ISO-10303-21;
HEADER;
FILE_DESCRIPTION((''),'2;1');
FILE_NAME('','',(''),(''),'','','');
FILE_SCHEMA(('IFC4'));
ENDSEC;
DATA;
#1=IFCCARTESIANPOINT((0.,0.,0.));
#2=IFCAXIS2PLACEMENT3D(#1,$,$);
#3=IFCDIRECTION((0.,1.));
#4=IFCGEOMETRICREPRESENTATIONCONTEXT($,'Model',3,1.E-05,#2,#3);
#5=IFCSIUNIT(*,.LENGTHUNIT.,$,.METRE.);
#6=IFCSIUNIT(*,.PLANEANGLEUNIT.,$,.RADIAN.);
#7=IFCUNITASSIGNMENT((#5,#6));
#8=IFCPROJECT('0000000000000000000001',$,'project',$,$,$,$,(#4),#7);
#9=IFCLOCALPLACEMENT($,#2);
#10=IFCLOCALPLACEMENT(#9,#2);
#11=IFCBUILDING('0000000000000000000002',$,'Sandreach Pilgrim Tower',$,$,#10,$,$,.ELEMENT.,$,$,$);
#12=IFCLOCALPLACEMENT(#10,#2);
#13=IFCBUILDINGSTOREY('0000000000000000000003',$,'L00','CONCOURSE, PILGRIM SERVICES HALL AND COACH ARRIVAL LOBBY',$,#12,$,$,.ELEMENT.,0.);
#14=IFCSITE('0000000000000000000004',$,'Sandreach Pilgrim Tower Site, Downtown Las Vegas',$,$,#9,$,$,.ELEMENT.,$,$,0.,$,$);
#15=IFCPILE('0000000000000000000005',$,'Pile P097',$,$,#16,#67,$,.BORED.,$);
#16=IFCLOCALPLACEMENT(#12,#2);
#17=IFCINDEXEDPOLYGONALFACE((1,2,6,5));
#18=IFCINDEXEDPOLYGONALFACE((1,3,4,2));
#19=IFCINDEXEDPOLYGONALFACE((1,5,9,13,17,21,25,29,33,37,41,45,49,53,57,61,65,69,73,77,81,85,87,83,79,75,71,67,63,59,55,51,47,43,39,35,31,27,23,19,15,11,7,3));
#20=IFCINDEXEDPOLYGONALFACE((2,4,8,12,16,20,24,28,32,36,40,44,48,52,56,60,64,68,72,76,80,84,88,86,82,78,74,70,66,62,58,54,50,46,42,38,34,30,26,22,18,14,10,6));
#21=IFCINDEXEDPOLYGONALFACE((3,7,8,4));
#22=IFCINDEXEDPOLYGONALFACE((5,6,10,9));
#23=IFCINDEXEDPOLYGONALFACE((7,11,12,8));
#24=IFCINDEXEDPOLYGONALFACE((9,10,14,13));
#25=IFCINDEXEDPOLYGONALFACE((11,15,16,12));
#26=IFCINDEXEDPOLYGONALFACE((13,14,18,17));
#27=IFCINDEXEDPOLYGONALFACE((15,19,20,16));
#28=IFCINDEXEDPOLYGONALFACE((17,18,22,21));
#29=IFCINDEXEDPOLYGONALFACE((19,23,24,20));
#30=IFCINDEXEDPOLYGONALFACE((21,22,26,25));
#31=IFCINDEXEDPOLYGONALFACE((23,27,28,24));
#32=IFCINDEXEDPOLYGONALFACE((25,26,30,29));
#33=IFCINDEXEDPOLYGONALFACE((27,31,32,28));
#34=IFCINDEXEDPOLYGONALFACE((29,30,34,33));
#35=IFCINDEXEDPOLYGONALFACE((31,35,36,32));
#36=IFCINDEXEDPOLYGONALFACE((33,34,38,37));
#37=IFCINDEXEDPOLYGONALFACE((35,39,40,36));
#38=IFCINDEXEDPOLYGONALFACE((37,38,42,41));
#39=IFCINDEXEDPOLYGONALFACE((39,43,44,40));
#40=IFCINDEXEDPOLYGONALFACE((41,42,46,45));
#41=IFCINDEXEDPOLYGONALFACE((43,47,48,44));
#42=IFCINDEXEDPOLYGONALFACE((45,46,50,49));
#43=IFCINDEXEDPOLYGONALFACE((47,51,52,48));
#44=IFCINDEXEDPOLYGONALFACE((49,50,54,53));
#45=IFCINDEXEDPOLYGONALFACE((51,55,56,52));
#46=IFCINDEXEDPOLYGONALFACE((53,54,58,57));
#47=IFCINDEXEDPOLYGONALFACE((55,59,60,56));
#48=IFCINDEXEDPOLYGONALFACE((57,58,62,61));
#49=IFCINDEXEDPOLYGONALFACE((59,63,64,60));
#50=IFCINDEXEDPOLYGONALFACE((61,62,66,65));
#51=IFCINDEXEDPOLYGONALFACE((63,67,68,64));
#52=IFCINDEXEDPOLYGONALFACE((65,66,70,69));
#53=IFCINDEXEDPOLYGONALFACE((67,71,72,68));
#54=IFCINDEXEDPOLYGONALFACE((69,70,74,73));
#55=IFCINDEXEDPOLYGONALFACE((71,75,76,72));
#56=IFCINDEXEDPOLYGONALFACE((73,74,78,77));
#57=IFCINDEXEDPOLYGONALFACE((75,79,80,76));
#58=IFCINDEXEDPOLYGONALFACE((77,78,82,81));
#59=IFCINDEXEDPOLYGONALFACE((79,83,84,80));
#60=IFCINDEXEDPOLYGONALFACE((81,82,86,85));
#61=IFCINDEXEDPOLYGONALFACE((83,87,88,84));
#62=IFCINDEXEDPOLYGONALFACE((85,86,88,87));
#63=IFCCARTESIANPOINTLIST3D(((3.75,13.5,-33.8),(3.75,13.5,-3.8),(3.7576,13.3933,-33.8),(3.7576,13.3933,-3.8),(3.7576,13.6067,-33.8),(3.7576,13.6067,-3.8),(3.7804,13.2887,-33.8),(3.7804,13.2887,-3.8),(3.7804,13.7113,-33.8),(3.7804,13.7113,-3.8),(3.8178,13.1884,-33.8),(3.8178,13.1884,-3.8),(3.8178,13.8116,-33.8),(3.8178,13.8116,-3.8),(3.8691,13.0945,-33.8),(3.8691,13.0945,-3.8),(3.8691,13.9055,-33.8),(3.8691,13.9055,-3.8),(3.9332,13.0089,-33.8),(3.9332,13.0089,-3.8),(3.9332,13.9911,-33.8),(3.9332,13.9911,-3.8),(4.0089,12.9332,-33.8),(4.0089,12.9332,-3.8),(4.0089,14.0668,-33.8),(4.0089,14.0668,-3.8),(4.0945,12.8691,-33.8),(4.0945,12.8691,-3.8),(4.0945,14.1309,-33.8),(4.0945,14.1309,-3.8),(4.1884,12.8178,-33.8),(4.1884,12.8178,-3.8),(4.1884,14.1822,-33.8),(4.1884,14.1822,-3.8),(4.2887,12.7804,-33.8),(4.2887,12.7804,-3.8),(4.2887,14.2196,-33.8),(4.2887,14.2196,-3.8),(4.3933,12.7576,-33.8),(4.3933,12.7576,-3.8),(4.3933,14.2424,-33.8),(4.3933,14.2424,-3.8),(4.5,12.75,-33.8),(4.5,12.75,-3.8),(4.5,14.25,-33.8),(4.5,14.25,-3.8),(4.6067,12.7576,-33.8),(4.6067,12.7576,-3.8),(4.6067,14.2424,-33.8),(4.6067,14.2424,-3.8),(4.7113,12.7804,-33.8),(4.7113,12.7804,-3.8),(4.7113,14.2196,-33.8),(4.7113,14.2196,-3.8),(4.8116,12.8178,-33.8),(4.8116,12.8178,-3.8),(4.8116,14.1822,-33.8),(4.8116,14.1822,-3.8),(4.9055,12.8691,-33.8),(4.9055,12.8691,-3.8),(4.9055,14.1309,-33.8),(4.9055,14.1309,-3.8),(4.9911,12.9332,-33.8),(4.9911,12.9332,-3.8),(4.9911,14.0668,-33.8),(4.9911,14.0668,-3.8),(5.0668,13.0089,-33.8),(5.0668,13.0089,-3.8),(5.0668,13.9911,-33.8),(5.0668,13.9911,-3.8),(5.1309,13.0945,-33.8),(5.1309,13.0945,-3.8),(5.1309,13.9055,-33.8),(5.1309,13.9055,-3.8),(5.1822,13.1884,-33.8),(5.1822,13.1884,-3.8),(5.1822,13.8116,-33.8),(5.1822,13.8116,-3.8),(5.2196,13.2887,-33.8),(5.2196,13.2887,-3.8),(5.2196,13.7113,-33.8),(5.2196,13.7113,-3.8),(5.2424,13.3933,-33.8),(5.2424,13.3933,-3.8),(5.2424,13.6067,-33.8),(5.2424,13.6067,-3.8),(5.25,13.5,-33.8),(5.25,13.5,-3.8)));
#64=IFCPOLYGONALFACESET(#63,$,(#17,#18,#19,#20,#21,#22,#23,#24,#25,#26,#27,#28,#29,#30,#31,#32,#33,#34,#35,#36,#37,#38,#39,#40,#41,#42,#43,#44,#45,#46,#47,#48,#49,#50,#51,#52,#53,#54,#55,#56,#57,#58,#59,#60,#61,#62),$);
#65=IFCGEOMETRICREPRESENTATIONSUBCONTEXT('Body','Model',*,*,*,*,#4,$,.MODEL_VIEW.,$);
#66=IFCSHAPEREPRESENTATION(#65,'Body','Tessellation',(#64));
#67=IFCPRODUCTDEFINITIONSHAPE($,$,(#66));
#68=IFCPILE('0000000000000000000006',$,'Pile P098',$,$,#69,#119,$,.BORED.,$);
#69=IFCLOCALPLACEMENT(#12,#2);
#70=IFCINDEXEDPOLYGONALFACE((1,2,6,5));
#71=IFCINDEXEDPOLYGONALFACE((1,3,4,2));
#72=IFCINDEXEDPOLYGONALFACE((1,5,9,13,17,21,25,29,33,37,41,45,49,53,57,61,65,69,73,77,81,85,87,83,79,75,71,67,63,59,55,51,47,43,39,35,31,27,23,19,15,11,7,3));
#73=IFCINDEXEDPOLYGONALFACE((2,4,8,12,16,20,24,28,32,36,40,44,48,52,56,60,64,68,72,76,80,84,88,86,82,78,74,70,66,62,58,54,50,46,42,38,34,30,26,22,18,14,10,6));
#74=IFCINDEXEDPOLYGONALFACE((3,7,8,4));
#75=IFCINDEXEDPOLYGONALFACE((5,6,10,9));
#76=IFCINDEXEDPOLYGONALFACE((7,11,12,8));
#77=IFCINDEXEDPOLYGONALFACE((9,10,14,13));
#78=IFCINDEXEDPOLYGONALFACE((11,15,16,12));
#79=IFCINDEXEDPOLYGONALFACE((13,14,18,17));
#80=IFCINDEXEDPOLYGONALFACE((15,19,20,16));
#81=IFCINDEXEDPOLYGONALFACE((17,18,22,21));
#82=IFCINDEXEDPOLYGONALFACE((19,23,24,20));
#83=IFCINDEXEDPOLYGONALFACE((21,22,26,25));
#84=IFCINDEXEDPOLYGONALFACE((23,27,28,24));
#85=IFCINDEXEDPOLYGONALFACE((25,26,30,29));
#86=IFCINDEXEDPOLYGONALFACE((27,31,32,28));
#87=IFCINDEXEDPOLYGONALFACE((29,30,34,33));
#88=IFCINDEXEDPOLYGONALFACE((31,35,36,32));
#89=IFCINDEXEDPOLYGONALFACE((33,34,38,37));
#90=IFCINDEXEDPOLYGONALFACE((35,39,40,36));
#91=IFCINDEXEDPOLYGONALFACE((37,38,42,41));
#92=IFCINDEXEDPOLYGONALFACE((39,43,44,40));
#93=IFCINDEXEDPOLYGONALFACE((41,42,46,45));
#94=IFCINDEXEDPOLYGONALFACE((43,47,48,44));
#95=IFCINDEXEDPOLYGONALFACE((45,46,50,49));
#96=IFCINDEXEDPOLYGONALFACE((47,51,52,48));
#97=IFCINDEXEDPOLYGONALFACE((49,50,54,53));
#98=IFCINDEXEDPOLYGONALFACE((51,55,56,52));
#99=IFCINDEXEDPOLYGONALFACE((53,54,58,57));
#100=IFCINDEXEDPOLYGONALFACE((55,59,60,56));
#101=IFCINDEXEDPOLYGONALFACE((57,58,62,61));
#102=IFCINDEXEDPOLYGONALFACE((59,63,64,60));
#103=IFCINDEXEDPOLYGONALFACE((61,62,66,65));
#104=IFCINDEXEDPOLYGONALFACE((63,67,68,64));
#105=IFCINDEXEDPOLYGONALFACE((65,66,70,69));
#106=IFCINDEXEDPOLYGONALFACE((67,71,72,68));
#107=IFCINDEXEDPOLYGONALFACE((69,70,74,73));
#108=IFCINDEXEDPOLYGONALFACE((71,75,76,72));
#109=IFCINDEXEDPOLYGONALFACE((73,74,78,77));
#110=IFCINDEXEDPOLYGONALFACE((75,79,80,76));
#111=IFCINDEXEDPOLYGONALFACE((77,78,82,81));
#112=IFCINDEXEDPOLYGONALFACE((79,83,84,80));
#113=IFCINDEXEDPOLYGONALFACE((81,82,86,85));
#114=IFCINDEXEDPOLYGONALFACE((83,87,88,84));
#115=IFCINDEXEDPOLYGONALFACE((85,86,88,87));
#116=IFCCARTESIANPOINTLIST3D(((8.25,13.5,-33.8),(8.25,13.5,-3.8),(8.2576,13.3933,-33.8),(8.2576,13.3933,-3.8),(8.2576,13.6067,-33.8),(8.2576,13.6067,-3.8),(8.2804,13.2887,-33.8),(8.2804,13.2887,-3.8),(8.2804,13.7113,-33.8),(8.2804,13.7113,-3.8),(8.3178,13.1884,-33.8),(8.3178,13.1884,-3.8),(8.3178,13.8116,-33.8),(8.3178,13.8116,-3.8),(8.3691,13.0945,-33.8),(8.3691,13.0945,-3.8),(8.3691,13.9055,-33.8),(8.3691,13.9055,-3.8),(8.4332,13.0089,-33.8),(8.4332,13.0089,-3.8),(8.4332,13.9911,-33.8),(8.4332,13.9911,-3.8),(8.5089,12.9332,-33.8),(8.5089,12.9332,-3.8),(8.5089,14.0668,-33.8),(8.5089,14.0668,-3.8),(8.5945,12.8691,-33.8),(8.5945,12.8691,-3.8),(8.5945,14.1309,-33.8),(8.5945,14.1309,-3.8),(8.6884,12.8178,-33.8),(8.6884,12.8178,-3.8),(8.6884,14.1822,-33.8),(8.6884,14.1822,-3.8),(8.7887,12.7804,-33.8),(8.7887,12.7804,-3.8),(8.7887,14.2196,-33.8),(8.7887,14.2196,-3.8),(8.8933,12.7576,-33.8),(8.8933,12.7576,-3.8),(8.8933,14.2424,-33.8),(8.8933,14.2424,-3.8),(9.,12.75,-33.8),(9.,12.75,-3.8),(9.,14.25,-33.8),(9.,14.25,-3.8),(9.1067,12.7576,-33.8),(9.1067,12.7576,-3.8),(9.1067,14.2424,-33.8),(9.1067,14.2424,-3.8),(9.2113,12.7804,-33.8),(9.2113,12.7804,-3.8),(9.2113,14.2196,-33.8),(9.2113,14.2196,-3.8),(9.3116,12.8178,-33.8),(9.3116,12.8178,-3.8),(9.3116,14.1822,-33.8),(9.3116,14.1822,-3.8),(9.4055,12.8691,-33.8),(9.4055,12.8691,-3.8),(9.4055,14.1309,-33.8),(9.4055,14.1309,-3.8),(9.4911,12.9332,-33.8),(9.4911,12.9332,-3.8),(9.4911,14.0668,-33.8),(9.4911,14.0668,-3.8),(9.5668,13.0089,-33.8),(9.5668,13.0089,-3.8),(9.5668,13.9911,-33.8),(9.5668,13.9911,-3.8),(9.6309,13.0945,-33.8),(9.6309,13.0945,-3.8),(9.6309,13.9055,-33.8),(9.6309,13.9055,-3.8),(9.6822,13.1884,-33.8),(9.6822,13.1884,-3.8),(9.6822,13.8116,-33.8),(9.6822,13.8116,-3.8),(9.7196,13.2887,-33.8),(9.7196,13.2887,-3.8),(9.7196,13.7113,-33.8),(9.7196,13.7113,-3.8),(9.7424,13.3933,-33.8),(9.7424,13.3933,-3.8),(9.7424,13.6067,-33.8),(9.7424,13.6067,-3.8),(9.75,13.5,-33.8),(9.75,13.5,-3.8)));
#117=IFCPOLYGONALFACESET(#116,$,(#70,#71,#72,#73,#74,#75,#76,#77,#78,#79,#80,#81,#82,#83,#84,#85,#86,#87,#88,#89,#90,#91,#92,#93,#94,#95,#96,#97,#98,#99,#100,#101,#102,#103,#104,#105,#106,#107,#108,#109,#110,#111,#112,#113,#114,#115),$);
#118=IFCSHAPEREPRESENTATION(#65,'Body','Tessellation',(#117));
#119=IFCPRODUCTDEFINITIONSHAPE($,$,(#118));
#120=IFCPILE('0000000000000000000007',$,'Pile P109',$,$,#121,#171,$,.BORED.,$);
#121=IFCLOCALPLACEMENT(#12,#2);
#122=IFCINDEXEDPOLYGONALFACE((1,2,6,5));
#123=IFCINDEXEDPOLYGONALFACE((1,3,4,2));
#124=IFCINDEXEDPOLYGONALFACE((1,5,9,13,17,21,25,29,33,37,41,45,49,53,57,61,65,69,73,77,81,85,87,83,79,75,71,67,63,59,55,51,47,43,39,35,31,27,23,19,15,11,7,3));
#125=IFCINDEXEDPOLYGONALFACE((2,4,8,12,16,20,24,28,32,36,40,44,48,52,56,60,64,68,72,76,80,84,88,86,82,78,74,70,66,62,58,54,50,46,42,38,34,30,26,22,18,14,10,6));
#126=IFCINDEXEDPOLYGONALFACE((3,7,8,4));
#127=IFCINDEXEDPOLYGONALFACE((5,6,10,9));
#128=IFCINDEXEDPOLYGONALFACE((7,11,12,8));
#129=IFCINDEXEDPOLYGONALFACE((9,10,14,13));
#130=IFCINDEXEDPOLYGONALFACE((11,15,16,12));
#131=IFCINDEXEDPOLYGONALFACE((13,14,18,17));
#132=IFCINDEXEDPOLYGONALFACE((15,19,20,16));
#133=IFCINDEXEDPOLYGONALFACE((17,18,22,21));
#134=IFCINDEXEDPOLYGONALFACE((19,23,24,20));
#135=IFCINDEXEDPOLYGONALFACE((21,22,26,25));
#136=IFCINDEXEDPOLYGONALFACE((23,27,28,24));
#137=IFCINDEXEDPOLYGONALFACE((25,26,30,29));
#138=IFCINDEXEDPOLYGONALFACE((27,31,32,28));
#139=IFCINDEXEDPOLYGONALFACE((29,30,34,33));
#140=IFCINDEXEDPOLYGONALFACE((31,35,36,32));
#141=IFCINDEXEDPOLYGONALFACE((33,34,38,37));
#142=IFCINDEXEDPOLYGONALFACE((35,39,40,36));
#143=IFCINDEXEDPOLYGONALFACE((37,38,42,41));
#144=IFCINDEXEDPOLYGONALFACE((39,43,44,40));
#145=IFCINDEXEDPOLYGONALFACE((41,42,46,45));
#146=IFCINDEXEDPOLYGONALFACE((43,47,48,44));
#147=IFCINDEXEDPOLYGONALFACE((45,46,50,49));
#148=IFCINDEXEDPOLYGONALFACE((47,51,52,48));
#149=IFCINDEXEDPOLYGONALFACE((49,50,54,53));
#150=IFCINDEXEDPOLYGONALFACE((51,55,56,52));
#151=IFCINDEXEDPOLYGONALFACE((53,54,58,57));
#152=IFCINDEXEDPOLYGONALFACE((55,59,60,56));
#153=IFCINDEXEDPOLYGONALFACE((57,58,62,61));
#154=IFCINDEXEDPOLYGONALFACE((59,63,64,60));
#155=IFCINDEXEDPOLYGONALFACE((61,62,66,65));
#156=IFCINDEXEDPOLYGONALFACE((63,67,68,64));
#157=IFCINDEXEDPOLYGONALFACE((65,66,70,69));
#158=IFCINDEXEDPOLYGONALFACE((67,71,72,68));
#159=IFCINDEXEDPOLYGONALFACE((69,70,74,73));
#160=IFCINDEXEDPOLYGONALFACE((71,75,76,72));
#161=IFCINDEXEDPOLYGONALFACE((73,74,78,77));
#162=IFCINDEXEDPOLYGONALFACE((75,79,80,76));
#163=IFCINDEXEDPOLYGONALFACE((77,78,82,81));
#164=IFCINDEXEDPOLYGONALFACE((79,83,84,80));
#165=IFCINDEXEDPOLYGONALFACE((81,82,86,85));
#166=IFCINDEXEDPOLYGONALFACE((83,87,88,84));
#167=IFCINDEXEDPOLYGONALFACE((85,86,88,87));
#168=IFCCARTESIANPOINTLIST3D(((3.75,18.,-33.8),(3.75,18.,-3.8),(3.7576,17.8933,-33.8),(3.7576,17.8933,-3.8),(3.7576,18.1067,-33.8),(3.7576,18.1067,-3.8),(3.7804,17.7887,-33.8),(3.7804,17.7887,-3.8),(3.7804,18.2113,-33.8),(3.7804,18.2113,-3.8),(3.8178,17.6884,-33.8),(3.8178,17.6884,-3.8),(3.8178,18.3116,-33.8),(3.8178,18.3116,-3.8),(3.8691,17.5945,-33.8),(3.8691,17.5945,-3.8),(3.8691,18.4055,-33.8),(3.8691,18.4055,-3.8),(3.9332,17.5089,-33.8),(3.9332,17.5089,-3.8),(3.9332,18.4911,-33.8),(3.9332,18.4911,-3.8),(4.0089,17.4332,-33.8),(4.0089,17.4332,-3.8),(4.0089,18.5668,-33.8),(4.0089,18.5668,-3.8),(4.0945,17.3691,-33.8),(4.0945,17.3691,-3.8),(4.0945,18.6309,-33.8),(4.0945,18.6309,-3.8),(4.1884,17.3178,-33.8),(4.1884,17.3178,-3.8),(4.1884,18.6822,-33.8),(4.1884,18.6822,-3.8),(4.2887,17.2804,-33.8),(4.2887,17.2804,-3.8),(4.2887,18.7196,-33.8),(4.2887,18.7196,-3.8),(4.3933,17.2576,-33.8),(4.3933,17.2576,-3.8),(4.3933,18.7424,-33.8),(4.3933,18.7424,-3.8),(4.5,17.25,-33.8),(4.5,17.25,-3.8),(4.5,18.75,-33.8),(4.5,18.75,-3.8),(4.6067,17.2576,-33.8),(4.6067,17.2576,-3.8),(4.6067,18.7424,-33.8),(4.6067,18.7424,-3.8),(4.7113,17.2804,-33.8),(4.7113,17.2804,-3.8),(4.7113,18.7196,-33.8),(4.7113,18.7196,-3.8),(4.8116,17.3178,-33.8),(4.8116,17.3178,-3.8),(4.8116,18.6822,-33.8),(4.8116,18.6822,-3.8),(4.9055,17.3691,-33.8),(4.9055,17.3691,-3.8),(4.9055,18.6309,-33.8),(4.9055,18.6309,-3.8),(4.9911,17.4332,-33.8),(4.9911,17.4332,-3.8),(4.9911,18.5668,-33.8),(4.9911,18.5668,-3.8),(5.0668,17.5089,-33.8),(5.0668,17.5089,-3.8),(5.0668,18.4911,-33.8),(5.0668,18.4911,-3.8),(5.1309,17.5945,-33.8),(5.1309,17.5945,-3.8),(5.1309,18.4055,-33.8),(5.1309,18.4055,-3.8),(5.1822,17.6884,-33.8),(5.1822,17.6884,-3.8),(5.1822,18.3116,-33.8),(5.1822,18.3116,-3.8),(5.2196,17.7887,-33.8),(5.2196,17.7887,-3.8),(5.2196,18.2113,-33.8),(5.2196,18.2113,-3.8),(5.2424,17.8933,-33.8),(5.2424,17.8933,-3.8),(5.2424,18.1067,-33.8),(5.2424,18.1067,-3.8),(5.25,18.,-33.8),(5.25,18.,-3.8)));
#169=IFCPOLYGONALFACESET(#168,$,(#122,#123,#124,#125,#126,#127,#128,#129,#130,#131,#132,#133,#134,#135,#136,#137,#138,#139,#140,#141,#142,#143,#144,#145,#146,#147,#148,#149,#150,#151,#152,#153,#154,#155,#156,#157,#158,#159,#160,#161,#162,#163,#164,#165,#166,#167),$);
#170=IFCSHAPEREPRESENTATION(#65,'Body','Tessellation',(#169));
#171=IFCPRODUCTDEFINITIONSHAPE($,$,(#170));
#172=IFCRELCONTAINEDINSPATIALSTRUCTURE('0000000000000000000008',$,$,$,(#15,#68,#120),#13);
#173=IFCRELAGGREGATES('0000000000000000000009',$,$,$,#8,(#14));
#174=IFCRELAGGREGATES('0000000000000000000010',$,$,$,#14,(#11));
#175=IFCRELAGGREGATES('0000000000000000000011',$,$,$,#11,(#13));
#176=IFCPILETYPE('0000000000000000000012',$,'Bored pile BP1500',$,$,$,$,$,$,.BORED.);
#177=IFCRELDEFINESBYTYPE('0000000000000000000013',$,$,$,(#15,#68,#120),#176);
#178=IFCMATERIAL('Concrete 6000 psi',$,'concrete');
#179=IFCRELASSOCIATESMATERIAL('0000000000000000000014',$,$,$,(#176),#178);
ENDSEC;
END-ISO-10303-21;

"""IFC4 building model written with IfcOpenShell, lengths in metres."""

from ifc_helpers import new_model, si_unit, direction, frame, origin, origin_2d, place, context, subcontext, project, spatial, circle, extrude, material, material_profile, profile_set, type_object, element, save


model = new_model("IFC4")

# Units and contexts
model_context = context("Model", 3, precision=1e-05, world=origin(), true_north=direction((0.0, 1.0)))
body_context = subcontext(model_context, "Body", "Model", "MODEL_VIEW")
ifc_project = project(units=[si_unit("LENGTHUNIT", "METRE"), si_unit("PLANEANGLEUNIT", "RADIAN")], contexts=[model_context])

# Site, building, storey
site_placement = place(None, origin())
site = spatial("IfcSite", under=ifc_project, at=site_placement, Name="Sandreach Pilgrim Tower Site, Downtown Las Vegas", CompositionType="ELEMENT", RefElevation=0.0)
building_placement = place(site_placement, origin())
building = spatial("IfcBuilding", under=site, at=building_placement, Name="Sandreach Pilgrim Tower", CompositionType="ELEMENT")
storey_placement = place(building_placement, origin())
storey = spatial("IfcBuildingStorey", under=building, at=storey_placement, Name="L00", Description="CONCOURSE, PILGRIM SERVICES HALL AND COACH ARRIVAL LOBBY", CompositionType="ELEMENT", Elevation=0.0)

# Piles
ifc_material_1 = material(Name="Concrete 6000 psi", Category="concrete")
ifc_material_profile_1 = material_profile(ifc_material_1, circle(Radius=0.75, at=origin_2d()), Name="BP1500")
ifc_profile_set_1 = profile_set([ifc_material_profile_1], Name="Concrete 6000 psi")
pile_type = type_object("IfcPileType", Name="Bored pile BP1500", PredefinedType="BORED", material=ifc_profile_set_1)
for number, where, z_axis, x_axis, name in (
    (1, (4.5, 13.5, -3.8), (0.0, 0.0, -1.0), (1.0, 0.0, 0.0), "Pile P097"),
    (2, (9.0, 13.5, -3.8), (0.0, 0.0, -1.0), (1.0, 0.0, 0.0), "Pile P098"),
    (3, (4.5, 18.0, -3.8), (0.0, 0.0, -1.0), (1.0, 0.0, 0.0), "Pile P109"),
):
    element("IfcPile", number, at=place(storey_placement, frame(where, z_axis=z_axis, x_axis=x_axis)), inside=storey, type_object=pile_type, Name=name, PredefinedType="BORED", context=body_context, shape_type="SweptSolid", body=[
        extrude(circle(Radius=0.75, at=origin_2d()), origin(), (0.0, 0.0, 1.0), 30.0),
    ])

save(model, "model.ifc")
